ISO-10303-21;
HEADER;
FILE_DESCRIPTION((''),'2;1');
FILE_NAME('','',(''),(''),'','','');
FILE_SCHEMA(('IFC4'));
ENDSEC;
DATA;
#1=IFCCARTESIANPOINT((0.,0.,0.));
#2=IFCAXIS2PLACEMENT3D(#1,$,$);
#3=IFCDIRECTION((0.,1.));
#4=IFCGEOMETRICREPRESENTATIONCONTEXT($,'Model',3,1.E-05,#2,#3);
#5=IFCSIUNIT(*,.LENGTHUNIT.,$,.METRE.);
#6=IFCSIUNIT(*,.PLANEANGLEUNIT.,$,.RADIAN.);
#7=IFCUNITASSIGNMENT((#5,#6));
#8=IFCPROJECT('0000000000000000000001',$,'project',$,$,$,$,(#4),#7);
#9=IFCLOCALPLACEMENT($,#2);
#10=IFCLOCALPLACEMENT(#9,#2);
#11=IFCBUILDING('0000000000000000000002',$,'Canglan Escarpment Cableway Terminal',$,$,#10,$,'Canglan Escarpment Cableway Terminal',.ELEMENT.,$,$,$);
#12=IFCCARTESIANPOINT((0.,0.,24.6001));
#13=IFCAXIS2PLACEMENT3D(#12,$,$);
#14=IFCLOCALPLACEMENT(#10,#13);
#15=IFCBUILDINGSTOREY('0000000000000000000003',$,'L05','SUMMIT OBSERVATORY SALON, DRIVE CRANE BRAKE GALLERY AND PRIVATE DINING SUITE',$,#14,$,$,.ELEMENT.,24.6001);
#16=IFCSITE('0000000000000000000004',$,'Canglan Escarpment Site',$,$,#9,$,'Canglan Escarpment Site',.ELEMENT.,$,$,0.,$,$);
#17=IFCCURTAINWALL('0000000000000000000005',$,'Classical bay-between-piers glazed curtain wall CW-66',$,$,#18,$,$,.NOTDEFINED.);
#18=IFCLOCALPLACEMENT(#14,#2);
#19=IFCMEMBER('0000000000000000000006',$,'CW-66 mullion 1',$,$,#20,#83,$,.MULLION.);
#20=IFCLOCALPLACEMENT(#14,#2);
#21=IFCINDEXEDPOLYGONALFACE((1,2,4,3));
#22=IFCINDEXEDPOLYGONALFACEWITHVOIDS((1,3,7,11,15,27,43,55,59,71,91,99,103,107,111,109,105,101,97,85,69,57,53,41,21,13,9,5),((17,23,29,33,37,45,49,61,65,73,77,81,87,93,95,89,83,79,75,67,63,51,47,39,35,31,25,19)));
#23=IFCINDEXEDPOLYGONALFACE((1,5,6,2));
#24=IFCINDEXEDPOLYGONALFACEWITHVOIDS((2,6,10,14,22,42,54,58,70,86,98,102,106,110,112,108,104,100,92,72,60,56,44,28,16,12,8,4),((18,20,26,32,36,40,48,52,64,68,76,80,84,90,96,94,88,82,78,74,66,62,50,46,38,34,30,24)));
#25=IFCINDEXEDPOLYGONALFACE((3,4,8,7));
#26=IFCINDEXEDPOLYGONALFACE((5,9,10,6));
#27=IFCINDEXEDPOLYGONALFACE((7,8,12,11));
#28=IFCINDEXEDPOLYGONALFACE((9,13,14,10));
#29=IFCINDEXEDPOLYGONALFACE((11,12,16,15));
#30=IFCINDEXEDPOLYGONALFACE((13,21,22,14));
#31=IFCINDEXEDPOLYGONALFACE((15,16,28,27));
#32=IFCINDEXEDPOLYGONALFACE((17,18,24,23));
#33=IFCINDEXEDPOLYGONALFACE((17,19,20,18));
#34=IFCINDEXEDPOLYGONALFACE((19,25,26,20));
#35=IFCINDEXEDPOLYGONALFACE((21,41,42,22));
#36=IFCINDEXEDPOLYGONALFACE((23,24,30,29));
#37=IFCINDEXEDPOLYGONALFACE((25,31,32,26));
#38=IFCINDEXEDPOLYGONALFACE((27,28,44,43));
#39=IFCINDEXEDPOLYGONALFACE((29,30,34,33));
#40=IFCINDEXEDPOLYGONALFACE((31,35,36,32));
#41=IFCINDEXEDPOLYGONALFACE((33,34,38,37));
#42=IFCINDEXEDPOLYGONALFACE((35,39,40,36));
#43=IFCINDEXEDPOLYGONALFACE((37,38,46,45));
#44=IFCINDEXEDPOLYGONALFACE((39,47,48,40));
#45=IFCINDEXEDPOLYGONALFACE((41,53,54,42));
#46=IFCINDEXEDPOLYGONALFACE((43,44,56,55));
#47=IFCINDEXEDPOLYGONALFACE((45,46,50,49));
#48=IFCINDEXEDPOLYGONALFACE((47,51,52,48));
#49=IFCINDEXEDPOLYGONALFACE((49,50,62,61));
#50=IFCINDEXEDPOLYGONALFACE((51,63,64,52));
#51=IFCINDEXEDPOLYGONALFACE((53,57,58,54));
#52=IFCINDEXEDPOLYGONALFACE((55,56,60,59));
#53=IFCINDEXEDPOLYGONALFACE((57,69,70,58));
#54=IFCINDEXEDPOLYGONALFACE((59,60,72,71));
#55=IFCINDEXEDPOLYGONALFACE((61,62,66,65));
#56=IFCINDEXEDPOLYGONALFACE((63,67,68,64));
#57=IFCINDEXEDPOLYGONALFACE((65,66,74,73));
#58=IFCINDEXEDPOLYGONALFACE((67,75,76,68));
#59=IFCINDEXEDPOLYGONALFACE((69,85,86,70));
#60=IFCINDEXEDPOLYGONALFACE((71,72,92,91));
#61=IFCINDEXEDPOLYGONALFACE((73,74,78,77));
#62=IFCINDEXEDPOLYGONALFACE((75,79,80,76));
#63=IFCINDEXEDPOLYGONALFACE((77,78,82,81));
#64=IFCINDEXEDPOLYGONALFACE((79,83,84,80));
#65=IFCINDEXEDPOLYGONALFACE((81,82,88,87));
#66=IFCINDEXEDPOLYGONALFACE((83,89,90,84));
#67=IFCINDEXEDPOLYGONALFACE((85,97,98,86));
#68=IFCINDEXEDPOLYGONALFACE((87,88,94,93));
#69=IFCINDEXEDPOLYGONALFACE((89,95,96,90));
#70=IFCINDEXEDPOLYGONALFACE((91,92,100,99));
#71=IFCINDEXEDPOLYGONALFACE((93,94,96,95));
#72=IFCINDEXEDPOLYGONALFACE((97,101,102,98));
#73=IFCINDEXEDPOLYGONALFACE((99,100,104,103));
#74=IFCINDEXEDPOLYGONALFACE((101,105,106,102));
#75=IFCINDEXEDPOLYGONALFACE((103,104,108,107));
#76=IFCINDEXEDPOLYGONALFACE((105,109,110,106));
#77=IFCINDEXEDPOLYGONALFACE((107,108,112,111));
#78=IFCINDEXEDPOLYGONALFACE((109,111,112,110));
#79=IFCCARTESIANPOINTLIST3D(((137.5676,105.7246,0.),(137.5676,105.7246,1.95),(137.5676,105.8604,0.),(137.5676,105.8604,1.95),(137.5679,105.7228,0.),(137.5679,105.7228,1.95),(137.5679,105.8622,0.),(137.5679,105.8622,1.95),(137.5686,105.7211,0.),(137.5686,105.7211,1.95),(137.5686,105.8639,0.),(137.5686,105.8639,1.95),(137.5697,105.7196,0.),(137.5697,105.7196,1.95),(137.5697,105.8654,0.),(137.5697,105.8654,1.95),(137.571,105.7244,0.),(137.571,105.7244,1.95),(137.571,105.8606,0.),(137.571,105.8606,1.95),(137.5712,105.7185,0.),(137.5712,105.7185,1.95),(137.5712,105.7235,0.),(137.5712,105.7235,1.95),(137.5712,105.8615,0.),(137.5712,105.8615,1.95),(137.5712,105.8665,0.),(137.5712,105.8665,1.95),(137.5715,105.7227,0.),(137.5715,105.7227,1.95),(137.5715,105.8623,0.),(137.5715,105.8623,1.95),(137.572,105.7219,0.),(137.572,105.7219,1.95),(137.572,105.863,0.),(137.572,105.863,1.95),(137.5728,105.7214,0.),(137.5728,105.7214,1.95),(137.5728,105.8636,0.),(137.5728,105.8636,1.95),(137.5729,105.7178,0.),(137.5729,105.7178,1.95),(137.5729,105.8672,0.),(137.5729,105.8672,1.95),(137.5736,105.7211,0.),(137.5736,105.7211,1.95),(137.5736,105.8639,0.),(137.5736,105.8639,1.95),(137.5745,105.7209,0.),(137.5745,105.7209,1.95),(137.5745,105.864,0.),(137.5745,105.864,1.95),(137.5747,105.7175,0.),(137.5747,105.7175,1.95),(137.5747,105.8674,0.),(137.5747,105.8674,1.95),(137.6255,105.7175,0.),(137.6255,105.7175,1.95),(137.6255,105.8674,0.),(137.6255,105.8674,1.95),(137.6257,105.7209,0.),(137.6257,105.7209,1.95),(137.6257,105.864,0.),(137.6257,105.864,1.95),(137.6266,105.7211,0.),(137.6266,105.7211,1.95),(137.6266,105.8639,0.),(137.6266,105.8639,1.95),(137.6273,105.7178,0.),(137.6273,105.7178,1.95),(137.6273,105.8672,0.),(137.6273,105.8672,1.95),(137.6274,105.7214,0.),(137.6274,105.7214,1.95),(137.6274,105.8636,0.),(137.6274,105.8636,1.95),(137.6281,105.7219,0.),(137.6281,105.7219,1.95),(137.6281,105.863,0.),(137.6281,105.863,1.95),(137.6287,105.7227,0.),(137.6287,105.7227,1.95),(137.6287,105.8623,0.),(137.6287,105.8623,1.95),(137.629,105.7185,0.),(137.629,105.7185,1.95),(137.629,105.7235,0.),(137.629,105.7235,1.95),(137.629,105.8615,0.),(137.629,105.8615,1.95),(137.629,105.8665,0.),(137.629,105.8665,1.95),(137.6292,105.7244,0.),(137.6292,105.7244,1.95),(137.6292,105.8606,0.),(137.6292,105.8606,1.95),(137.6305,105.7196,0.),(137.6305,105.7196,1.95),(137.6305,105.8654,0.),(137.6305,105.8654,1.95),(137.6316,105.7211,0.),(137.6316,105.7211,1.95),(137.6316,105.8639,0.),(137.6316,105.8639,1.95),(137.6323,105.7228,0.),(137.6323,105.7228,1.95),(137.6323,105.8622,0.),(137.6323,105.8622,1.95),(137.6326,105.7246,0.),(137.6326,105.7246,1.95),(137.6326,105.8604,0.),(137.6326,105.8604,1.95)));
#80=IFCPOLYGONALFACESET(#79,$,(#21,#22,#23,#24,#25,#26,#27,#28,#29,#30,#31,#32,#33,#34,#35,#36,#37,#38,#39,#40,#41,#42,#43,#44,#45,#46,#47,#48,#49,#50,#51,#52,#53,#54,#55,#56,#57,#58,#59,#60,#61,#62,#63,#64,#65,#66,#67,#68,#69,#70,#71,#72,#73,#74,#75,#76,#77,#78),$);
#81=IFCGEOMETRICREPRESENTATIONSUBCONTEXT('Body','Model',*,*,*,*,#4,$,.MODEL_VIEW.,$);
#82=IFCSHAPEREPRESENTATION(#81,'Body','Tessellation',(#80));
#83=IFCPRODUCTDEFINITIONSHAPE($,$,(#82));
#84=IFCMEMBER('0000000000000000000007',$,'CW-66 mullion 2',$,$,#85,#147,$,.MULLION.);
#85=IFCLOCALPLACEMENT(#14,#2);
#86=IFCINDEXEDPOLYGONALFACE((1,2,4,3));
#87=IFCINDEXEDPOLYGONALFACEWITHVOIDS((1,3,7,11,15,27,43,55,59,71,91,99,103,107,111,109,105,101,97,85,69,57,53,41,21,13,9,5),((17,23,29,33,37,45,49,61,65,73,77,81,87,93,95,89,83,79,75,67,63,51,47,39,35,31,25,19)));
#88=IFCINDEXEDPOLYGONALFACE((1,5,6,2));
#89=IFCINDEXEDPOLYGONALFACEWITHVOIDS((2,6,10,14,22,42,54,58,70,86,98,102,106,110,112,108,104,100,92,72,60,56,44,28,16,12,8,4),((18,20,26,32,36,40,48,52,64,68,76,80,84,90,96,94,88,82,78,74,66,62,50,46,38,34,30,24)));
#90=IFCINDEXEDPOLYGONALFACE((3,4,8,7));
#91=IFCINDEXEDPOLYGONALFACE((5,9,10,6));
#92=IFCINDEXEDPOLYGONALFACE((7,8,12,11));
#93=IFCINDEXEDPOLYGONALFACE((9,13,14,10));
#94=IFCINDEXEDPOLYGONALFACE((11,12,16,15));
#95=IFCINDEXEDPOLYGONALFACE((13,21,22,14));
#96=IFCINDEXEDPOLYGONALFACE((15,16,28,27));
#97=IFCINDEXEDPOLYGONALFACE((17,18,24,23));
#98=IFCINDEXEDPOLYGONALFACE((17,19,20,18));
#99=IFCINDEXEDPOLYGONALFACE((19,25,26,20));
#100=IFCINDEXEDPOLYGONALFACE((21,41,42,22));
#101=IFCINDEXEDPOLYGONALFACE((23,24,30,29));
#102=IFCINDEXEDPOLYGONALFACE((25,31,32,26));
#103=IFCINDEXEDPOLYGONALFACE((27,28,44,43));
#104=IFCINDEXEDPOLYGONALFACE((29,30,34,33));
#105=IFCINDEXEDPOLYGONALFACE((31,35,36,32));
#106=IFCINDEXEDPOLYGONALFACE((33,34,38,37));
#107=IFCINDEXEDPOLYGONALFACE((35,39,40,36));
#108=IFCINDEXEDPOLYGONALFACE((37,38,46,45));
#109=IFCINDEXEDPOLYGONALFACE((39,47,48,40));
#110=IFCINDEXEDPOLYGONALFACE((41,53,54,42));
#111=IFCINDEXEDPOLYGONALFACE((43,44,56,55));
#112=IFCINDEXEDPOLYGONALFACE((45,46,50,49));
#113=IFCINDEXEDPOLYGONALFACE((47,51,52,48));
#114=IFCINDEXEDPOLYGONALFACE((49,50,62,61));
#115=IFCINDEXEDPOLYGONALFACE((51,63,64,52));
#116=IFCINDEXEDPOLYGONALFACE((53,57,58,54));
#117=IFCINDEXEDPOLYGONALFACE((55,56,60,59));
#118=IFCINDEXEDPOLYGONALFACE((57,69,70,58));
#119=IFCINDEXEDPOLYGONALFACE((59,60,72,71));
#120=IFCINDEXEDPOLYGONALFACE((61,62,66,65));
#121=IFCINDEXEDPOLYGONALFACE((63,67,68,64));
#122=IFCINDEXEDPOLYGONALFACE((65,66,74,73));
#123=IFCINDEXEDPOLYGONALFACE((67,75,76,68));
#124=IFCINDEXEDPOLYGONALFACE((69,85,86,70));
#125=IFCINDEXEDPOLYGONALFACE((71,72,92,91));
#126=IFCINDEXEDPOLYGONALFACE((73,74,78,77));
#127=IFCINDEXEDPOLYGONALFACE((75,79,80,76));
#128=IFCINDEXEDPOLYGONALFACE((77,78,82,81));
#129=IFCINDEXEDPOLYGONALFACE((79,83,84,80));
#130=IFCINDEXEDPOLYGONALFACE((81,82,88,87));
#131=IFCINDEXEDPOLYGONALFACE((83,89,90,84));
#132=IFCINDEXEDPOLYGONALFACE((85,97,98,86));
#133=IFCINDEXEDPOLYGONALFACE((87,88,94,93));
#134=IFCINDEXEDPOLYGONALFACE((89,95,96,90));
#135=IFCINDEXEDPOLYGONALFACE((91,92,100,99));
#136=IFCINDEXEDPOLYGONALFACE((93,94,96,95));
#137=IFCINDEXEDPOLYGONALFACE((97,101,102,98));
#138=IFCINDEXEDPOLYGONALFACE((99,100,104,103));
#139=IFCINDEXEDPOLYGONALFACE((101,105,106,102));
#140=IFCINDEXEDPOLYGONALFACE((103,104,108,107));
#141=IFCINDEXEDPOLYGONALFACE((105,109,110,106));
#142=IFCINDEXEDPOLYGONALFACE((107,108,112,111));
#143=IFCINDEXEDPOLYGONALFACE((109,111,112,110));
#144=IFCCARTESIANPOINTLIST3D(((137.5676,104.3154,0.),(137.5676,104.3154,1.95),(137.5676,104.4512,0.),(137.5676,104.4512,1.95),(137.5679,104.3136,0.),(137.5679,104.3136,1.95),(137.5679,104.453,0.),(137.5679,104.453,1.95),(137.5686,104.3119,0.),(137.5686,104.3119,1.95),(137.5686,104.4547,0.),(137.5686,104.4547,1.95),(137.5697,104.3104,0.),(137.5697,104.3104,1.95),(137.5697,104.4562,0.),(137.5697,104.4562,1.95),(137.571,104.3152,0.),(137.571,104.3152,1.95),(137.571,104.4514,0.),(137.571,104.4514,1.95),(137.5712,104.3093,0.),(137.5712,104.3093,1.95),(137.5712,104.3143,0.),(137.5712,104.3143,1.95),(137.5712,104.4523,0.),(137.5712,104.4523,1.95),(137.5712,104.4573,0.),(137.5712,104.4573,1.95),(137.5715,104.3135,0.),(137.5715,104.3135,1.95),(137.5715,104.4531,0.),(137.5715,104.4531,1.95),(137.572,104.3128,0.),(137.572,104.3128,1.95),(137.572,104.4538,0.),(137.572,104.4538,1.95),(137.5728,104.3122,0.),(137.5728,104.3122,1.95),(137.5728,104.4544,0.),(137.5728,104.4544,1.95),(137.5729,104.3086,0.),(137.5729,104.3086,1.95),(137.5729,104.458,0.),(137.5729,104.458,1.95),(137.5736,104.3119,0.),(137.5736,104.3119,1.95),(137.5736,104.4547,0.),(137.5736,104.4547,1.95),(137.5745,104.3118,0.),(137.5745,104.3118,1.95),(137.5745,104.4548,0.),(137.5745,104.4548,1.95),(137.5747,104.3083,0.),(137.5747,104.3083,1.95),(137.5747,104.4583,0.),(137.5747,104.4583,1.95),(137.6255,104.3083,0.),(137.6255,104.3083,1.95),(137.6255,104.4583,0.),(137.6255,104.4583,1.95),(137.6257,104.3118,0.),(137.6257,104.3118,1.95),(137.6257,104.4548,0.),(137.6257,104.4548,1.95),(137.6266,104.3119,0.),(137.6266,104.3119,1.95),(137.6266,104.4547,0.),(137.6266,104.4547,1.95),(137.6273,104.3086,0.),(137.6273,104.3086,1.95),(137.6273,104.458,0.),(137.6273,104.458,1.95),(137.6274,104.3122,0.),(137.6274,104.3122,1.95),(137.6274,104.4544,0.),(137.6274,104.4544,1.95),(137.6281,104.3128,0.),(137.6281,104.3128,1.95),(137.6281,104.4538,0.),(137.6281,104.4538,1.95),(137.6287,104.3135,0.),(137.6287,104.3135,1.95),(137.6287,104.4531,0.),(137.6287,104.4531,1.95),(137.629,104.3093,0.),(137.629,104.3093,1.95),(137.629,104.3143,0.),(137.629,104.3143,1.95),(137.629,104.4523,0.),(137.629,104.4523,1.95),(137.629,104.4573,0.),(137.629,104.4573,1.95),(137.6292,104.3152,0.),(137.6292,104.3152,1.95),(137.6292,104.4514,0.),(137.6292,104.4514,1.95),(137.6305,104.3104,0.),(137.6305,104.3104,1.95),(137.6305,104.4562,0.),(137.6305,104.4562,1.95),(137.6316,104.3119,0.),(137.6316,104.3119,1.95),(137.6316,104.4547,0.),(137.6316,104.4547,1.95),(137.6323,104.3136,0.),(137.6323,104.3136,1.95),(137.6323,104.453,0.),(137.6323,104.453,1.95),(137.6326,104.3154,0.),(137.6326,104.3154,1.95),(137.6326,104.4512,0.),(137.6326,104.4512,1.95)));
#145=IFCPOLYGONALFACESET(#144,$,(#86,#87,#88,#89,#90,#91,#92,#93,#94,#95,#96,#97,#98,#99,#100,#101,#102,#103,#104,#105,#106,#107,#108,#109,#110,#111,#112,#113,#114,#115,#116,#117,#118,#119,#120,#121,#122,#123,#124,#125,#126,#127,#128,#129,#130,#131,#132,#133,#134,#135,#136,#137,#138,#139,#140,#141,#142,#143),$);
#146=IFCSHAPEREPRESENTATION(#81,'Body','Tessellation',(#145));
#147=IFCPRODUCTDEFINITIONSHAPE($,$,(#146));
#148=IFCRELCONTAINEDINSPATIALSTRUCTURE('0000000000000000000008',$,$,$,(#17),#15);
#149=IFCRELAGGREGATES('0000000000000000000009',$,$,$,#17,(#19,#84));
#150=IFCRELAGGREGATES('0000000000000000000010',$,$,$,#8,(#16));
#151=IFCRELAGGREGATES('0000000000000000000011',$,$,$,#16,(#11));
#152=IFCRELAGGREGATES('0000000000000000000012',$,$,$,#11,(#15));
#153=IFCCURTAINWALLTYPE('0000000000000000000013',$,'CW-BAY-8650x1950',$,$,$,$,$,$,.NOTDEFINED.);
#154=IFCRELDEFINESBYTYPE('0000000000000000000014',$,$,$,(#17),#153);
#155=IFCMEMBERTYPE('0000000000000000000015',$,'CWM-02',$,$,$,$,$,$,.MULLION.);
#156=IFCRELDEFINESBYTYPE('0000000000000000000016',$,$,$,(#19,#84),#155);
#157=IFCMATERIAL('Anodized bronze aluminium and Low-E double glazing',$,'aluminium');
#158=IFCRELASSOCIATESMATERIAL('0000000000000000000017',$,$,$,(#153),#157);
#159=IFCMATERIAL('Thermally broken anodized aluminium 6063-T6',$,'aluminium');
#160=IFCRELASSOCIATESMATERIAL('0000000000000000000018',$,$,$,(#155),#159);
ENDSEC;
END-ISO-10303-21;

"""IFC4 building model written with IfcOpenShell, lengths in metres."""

from ifc_helpers import new_model, si_unit, direction, frame, origin, origin_2d, place, context, subcontext, project, spatial, hollow_rectangle, extrude, material, material_profile, profile_set, type_object, element, aggregate, save


model = new_model("IFC4")

# Units and contexts
model_context = context("Model", 3, precision=1e-05, world=origin(), true_north=direction((0.0, 1.0)))
body_context = subcontext(model_context, "Body", "Model", "MODEL_VIEW")
ifc_project = project(units=[si_unit("LENGTHUNIT", "METRE"), si_unit("PLANEANGLEUNIT", "RADIAN")], contexts=[model_context])

# Site, building, storey
site_placement = place(None, origin())
site = spatial("IfcSite", under=ifc_project, at=site_placement, Name="Canglan Escarpment Site", LongName="Canglan Escarpment Site", CompositionType="ELEMENT", RefElevation=0.0)
building_placement = place(site_placement, origin())
building = spatial("IfcBuilding", under=site, at=building_placement, Name="Canglan Escarpment Cableway Terminal", LongName="Canglan Escarpment Cableway Terminal", CompositionType="ELEMENT")
storey_placement = place(building_placement, frame((0.0, 0.0, 24.6001)))
storey = spatial("IfcBuildingStorey", under=building, at=storey_placement, Name="L05", Description="SUMMIT OBSERVATORY SALON, DRIVE CRANE BRAKE GALLERY AND PRIVATE DINING SUITE", CompositionType="ELEMENT", Elevation=24.6001)

# Curtain wall, members
ifc_material_1 = material(Name="Anodized bronze aluminium and Low-E double glazing", Category="aluminium")
curtain_wall_type = type_object("IfcCurtainWallType", Name="CW-BAY-8650x1950", PredefinedType="NOTDEFINED", material=ifc_material_1)
curtain_wall_placement = place(storey_placement, origin())
curtain_wall = element("IfcCurtainWall", 1, at=curtain_wall_placement, inside=storey, type_object=curtain_wall_type, Name="Classical bay-between-piers glazed curtain wall CW-66", PredefinedType="NOTDEFINED")
ifc_material_2 = material(Name="Thermally broken anodized aluminium 6063-T6", Category="aluminium")
ifc_material_profile_1 = material_profile(ifc_material_2, hollow_rectangle(XDim=0.0649, YDim=0.1499, WallThickness=0.0034, InnerFilletRadius=0.0034, OuterFilletRadius=0.0071, at=origin_2d()), Name="ALU-MULL 65x150x3.5")
ifc_profile_set_1 = profile_set([ifc_material_profile_1], Name="Thermally broken anodized aluminium 6063-T6")
member_type_1 = type_object("IfcMemberType", Name="CWM-02", PredefinedType="MULLION", material=ifc_profile_set_1)
member_1_placement = place(storey_placement, frame((137.6001, 105.7925, 0.0), z_axis=(0.0, 0.0, 1.0), x_axis=(1.0, 0.0, 0.0)))
member_1 = element("IfcMember", 2, at=member_1_placement, type_object=member_type_1, Name="CW-66 mullion 1", PredefinedType="MULLION", context=body_context, shape_type="SweptSolid", body=[
    extrude(hollow_rectangle(XDim=0.0649, YDim=0.1499, WallThickness=0.0034, InnerFilletRadius=0.0034, OuterFilletRadius=0.0071, at=origin_2d()), origin(), (0.0, 0.0, 1.0), 1.95),
])
member_2_placement = place(storey_placement, frame((137.6001, 104.3833, 0.0), z_axis=(0.0, 0.0, 1.0), x_axis=(1.0, 0.0, 0.0)))
member_2 = element("IfcMember", 3, at=member_2_placement, type_object=member_type_1, Name="CW-66 mullion 2", PredefinedType="MULLION", context=body_context, shape_type="SweptSolid", body=[
    extrude(hollow_rectangle(XDim=0.0649, YDim=0.1499, WallThickness=0.0034, InnerFilletRadius=0.0034, OuterFilletRadius=0.0071, at=origin_2d()), origin(), (0.0, 0.0, 1.0), 1.95),
])

aggregate(curtain_wall, [member_1, member_2])

save(model, "model.ifc")
